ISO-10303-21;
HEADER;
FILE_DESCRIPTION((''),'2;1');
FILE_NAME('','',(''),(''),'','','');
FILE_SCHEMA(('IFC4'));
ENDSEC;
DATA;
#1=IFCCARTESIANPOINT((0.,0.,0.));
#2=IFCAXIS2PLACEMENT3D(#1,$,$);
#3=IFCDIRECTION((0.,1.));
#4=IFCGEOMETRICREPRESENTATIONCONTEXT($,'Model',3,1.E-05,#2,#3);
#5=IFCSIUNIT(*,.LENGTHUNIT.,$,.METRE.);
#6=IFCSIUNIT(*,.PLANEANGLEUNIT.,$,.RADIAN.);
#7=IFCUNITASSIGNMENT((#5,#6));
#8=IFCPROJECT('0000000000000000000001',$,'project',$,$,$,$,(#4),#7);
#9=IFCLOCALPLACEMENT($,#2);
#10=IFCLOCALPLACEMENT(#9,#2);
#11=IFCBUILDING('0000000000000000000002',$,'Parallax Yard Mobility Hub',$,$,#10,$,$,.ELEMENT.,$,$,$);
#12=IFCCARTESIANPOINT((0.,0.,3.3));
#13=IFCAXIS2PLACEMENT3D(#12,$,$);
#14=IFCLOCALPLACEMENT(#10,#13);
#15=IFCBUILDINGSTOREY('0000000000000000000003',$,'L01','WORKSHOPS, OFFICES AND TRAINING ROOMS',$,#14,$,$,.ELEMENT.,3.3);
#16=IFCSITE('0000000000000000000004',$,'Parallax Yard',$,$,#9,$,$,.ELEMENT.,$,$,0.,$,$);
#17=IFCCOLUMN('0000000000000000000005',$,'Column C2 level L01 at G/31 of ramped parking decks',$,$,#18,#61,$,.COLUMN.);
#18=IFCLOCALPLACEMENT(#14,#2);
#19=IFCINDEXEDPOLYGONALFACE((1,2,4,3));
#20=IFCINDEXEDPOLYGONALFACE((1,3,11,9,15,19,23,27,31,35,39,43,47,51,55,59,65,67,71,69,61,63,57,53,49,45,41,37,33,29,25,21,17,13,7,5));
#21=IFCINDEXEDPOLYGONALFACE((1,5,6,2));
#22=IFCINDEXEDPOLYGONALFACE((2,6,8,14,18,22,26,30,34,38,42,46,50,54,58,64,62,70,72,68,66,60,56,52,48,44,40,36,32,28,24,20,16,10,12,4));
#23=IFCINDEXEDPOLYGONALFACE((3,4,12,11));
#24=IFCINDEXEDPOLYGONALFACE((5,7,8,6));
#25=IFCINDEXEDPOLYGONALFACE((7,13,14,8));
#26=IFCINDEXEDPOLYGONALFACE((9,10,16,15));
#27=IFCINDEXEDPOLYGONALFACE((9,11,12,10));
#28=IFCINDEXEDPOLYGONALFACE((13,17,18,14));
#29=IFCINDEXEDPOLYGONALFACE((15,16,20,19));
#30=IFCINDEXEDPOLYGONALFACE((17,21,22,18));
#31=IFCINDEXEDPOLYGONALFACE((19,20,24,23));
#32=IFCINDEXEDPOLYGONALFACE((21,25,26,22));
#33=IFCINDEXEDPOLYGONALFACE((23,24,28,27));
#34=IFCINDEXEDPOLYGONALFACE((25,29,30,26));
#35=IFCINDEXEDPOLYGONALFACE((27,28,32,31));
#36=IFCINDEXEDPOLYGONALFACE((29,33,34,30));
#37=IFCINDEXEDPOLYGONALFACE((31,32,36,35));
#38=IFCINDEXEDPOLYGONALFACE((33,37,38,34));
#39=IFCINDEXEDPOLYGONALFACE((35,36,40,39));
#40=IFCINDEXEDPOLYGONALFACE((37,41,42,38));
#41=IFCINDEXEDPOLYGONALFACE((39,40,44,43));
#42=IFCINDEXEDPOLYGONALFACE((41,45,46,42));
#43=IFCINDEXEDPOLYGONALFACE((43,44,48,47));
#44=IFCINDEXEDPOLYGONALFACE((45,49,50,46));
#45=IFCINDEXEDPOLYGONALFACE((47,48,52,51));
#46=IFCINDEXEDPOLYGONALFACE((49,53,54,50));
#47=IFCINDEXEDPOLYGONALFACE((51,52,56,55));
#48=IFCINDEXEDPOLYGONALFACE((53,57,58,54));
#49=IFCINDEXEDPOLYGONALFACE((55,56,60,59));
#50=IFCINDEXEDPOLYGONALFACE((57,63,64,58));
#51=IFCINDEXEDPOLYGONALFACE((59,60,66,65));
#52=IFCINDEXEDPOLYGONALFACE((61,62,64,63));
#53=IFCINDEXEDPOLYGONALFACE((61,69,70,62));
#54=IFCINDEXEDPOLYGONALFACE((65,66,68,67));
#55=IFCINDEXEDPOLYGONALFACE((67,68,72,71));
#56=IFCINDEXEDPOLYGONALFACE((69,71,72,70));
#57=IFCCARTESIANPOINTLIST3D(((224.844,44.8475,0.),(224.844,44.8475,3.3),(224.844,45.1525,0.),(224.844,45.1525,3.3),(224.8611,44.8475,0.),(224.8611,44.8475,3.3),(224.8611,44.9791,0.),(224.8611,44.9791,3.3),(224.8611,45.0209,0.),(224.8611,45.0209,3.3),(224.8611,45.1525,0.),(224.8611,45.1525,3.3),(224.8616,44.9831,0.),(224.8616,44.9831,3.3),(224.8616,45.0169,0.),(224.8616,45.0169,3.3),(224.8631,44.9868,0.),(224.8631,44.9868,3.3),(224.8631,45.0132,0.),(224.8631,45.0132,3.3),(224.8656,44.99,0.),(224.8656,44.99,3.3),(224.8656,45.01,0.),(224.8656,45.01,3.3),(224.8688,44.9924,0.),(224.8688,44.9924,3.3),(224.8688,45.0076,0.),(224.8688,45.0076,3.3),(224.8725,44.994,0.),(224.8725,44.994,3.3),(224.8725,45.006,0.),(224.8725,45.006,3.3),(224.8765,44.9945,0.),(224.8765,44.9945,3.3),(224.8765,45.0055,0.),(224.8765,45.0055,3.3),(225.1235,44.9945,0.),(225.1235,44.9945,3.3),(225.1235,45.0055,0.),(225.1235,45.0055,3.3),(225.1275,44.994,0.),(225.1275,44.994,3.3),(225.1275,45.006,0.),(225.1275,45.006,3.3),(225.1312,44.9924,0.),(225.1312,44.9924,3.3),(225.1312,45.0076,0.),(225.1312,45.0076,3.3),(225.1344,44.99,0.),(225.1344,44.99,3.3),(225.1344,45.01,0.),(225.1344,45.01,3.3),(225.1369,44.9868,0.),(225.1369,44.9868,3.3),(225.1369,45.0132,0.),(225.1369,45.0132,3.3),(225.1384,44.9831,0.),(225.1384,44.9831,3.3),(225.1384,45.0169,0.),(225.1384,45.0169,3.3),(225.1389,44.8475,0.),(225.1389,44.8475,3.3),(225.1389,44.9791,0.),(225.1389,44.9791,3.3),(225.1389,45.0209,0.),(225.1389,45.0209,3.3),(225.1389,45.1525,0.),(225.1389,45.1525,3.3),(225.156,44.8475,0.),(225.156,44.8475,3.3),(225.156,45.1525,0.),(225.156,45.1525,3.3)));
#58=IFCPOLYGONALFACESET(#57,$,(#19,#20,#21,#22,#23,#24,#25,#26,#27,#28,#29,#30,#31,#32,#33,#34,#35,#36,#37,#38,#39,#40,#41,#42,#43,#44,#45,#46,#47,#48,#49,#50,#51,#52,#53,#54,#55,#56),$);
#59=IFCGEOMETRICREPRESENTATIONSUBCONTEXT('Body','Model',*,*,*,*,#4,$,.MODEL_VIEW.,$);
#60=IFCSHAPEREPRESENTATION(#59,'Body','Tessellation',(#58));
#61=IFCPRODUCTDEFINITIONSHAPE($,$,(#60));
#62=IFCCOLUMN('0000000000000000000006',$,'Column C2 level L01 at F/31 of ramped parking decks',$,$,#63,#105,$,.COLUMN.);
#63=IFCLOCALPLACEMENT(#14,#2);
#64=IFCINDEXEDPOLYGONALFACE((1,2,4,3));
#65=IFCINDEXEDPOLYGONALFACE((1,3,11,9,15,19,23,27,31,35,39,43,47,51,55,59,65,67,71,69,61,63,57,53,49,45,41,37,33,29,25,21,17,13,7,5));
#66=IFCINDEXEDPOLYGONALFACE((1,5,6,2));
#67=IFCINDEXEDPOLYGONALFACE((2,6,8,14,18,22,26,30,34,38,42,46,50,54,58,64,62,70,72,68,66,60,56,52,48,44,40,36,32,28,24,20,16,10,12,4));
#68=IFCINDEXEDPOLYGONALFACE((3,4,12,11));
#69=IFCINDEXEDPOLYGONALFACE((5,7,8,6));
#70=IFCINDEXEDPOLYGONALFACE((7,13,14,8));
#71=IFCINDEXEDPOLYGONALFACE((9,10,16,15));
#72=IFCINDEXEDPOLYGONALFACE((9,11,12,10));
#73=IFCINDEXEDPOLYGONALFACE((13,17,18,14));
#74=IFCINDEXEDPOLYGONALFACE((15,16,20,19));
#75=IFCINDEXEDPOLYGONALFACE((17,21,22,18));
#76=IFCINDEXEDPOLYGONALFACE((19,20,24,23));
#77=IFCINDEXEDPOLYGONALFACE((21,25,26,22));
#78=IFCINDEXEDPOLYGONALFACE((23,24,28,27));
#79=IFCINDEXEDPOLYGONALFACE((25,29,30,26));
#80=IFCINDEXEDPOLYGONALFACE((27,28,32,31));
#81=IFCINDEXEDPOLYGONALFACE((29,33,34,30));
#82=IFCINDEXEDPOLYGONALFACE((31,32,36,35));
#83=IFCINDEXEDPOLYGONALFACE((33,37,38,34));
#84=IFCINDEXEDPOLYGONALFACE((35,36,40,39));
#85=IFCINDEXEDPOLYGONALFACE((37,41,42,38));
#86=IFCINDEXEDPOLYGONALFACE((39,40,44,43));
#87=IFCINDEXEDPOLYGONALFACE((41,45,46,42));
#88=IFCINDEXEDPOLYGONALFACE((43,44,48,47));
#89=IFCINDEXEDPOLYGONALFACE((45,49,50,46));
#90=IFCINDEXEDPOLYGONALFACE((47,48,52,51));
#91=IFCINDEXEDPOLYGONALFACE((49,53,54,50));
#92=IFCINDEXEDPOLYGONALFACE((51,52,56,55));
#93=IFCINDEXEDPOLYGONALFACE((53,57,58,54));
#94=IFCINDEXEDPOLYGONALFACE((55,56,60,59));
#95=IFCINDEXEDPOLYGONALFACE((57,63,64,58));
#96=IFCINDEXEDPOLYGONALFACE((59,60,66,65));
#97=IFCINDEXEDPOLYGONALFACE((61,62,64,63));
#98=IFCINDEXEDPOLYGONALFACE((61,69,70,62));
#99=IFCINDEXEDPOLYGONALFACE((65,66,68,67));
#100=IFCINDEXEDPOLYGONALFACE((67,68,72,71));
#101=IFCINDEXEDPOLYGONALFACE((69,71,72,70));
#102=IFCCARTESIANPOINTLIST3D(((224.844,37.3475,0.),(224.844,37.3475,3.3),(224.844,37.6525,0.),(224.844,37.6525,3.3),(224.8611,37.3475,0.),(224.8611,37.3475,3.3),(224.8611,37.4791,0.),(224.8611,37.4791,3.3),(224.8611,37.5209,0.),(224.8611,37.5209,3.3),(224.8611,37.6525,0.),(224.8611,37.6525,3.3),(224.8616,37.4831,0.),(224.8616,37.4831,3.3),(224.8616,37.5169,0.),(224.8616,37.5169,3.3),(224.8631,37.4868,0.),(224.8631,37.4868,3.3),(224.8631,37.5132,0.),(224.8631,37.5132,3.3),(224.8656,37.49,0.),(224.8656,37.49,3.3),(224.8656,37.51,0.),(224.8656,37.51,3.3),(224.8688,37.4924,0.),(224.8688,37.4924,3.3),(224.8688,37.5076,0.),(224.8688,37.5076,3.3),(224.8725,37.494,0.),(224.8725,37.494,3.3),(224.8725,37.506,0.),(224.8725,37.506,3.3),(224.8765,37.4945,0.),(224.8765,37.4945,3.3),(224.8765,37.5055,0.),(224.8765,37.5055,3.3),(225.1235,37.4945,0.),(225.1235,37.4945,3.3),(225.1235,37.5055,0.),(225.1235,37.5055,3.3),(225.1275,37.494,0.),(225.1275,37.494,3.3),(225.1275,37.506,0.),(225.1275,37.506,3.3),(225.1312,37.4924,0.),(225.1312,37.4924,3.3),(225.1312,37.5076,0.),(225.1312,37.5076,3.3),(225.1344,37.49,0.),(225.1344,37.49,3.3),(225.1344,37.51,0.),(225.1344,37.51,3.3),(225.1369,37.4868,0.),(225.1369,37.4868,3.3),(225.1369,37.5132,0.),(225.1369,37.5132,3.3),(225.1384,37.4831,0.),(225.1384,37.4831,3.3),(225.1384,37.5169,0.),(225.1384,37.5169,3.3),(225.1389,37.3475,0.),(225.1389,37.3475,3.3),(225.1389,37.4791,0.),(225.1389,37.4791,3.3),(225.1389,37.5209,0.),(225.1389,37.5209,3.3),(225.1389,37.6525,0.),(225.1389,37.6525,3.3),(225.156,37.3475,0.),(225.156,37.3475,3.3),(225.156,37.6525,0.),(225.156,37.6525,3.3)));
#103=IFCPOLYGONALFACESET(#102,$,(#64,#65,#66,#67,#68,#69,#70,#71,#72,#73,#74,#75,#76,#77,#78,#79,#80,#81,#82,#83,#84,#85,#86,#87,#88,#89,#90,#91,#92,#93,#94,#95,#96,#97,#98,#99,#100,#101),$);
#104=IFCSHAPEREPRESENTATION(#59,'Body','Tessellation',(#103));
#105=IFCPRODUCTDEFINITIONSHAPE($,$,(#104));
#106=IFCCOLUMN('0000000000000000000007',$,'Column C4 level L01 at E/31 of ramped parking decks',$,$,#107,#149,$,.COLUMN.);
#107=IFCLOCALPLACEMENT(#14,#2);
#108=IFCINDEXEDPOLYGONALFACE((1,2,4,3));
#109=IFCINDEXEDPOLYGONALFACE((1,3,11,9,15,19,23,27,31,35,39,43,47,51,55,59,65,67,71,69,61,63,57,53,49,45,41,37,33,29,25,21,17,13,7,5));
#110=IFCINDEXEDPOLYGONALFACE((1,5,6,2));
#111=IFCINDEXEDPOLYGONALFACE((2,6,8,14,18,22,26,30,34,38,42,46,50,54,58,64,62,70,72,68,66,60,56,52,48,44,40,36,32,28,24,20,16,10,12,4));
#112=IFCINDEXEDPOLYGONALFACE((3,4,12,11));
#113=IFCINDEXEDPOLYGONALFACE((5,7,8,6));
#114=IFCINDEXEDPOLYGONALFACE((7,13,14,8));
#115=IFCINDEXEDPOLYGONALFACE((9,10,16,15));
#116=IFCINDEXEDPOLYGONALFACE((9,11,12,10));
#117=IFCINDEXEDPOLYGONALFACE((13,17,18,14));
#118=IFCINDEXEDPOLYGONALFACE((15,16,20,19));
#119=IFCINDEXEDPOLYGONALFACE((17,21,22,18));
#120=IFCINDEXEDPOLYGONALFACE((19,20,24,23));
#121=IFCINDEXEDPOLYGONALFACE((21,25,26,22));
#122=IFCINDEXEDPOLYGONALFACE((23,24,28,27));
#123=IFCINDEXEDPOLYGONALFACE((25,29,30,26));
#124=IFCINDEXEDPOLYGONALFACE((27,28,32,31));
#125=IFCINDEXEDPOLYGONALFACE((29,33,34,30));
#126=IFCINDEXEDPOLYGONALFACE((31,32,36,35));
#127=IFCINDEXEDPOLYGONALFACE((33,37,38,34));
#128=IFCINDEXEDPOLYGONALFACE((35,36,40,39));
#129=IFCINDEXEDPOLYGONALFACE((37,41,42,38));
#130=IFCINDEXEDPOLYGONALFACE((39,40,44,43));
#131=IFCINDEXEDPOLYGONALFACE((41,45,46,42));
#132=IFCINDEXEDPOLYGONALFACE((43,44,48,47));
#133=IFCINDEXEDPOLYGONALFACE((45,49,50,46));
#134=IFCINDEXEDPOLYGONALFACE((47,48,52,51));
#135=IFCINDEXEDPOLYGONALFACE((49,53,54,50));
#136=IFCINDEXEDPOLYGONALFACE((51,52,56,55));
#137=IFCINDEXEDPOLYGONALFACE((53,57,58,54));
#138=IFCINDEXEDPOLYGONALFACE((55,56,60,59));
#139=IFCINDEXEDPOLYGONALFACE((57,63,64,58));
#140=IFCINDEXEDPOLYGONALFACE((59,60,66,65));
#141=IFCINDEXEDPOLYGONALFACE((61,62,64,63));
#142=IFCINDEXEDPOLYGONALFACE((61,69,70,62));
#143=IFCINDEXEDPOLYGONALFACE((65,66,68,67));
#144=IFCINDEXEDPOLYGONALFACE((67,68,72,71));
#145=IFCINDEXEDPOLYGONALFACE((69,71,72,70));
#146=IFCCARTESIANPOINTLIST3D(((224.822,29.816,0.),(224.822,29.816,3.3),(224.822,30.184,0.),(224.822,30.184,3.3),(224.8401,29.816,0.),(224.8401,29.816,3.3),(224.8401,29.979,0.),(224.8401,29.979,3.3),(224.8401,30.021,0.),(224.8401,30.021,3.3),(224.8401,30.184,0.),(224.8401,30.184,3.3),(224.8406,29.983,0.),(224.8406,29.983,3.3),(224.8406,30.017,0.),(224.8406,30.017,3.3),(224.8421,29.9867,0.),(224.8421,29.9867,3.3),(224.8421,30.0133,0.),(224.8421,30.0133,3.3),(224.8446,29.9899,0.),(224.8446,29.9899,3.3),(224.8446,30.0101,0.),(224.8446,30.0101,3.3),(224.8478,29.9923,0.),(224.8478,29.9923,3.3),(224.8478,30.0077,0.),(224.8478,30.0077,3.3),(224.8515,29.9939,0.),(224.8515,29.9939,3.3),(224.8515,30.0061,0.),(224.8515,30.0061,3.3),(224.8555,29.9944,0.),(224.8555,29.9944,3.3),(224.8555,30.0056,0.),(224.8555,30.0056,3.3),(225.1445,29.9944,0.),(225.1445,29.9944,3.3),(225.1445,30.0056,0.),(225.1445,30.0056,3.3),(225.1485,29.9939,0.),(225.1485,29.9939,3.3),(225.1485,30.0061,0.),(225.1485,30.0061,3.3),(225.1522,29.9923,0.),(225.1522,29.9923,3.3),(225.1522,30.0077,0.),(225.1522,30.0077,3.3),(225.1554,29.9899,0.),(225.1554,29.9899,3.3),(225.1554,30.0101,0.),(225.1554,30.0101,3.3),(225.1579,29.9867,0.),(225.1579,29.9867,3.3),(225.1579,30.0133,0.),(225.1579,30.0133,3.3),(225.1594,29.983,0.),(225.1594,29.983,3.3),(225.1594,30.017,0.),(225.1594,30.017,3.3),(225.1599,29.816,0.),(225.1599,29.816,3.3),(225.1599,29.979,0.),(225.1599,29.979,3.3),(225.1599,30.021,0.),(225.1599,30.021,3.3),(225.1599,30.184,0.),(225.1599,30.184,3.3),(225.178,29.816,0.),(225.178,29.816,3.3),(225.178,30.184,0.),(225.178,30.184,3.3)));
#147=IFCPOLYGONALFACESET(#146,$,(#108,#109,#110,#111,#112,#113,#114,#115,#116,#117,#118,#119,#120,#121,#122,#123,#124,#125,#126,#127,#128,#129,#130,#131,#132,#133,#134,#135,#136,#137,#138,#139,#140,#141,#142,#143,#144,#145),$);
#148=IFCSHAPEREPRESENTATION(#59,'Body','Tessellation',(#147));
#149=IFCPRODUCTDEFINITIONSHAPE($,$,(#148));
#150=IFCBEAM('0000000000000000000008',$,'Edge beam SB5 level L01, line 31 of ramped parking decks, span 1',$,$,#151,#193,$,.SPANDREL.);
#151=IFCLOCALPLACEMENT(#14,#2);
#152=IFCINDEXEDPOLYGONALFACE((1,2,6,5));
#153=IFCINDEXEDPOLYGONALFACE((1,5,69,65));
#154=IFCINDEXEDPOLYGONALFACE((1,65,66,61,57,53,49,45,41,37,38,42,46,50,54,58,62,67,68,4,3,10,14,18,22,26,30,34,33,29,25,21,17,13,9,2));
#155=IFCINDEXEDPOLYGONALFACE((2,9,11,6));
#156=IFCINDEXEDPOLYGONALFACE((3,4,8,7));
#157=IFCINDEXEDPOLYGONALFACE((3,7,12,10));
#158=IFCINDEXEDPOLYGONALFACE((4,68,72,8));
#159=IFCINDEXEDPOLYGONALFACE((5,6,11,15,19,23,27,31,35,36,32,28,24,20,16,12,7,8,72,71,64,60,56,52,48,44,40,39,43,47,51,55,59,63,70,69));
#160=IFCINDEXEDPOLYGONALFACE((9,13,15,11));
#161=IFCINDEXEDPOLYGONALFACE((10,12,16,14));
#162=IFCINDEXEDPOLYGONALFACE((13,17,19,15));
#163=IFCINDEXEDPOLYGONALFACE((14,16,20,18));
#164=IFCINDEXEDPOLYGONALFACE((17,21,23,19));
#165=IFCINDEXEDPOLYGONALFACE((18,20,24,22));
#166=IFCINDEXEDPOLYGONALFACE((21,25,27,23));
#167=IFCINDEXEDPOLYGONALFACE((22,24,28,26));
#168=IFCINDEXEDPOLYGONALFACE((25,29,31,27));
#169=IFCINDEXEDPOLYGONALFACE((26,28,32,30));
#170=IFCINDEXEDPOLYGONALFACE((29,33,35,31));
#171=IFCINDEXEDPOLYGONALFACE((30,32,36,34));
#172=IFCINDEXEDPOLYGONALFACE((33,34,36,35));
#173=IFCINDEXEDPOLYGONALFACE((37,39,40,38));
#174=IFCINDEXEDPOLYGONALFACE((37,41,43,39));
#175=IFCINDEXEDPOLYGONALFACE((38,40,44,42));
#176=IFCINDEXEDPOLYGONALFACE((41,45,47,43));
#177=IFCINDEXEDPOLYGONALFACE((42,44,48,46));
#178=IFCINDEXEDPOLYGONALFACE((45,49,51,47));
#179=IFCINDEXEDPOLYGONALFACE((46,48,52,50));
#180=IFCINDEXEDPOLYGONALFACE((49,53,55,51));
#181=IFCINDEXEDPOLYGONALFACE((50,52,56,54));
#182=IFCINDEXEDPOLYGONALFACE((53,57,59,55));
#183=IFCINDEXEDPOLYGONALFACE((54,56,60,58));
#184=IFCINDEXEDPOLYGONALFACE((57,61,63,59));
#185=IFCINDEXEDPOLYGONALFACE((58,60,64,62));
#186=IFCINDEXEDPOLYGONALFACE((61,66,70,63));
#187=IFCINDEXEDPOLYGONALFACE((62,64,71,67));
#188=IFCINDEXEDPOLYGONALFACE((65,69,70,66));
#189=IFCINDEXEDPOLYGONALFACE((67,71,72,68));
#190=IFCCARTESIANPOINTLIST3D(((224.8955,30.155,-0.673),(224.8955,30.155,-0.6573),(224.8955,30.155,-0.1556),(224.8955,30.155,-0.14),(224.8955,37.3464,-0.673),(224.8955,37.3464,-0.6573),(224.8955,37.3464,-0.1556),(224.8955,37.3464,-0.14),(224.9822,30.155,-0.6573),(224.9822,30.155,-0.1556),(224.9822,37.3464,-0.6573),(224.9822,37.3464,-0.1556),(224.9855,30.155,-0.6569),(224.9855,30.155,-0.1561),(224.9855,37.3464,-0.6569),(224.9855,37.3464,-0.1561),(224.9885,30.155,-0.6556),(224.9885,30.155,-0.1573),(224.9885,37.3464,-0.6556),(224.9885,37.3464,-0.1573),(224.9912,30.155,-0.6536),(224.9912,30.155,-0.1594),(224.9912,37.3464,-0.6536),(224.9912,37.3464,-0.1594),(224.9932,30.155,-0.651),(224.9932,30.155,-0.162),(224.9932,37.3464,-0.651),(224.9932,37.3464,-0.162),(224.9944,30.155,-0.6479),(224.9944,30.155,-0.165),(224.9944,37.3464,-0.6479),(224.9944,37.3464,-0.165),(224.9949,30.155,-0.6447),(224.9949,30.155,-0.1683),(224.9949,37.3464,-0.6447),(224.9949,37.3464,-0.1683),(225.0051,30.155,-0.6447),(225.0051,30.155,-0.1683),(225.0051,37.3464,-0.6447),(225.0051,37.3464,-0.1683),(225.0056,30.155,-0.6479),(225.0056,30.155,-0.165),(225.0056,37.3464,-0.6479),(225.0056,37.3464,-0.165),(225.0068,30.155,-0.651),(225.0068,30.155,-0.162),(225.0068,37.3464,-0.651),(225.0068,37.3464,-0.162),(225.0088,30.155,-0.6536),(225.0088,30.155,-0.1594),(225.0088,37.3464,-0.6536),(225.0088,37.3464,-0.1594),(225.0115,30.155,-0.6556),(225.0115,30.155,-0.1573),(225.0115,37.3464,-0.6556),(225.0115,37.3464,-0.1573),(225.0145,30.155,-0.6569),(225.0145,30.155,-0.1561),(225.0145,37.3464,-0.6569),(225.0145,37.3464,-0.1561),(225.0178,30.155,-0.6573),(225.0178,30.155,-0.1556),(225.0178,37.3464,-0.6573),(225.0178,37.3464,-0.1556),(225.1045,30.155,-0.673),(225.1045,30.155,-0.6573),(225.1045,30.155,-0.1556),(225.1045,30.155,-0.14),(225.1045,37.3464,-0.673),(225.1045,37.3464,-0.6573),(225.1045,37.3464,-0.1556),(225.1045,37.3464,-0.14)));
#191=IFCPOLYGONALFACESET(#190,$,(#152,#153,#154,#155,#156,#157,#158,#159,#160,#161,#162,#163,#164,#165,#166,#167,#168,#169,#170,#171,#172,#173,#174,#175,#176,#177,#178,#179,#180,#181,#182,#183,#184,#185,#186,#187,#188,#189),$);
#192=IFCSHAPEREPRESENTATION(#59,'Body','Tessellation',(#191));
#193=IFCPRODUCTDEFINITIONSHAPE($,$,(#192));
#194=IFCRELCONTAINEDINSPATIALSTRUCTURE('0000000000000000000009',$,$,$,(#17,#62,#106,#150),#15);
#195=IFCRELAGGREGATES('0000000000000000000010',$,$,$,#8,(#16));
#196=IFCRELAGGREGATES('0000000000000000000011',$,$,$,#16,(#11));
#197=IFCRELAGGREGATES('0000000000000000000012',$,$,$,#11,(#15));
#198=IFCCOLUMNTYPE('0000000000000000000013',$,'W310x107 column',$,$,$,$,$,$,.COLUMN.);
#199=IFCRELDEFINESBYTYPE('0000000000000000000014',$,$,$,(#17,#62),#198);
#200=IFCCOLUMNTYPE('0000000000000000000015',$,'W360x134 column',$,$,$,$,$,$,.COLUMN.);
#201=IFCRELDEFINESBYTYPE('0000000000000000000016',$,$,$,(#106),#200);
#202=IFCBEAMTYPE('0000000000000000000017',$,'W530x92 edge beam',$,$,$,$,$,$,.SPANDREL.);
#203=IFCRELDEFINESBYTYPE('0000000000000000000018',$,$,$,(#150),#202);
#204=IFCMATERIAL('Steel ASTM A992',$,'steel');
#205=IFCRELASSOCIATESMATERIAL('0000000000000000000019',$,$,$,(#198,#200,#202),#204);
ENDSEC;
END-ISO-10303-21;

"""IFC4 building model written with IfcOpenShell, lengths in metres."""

from ifc_helpers import new_model, si_unit, direction, frame, origin, origin_2d, place, context, subcontext, project, spatial, i_section, extrude, material, material_profile, profile_set, type_object, element, save


model = new_model("IFC4")

# Units and contexts
model_context = context("Model", 3, precision=1e-05, world=origin(), true_north=direction((0.0, 1.0)))
body_context = subcontext(model_context, "Body", "Model", "MODEL_VIEW")
ifc_project = project(units=[si_unit("LENGTHUNIT", "METRE"), si_unit("PLANEANGLEUNIT", "RADIAN")], contexts=[model_context])

# Site, building, storey
site_placement = place(None, origin())
site = spatial("IfcSite", under=ifc_project, at=site_placement, Name="Parallax Yard", CompositionType="ELEMENT", RefElevation=0.0)
building_placement = place(site_placement, origin())
building = spatial("IfcBuilding", under=site, at=building_placement, Name="Parallax Yard Mobility Hub", CompositionType="ELEMENT")
storey_placement = place(building_placement, frame((0.0, 0.0, 3.3)))
storey = spatial("IfcBuildingStorey", under=building, at=storey_placement, Name="L01", Description="WORKSHOPS, OFFICES AND TRAINING ROOMS", CompositionType="ELEMENT", Elevation=3.3)

# Columns
ifc_material_1 = material(Name="Steel ASTM A992", Category="steel")
ifc_material_profile_1 = material_profile(ifc_material_1, i_section(OverallWidth=0.3049, OverallDepth=0.312, WebThickness=0.011, FlangeThickness=0.0171, FilletRadius=0.0154, at=origin_2d()), Name="W310x107")
ifc_profile_set_1 = profile_set([ifc_material_profile_1], Name="Steel ASTM A992")
column_type_1 = type_object("IfcColumnType", Name="W310x107 column", PredefinedType="COLUMN", material=ifc_profile_set_1)
for number, where, z_axis, x_axis, name in (
    (1, (225.0, 45.0, 0.0), (0.0, 0.0, 1.0), (0.0, 1.0, 0.0), "Column C2 level L01 at G/31 of ramped parking decks"),
    (2, (225.0, 37.5, 0.0), (0.0, 0.0, 1.0), (0.0, 1.0, 0.0), "Column C2 level L01 at F/31 of ramped parking decks"),
):
    element("IfcColumn", number, at=place(storey_placement, frame(where, z_axis=z_axis, x_axis=x_axis)), inside=storey, type_object=column_type_1, Name=name, PredefinedType="COLUMN", context=body_context, shape_type="SweptSolid", body=[
        extrude(i_section(OverallWidth=0.3049, OverallDepth=0.312, WebThickness=0.011, FlangeThickness=0.0171, FilletRadius=0.0154, at=origin_2d()), origin(), (0.0, 0.0, 1.0), 3.3),
    ])
ifc_material_profile_2 = material_profile(ifc_material_1, i_section(OverallWidth=0.3679, OverallDepth=0.356, WebThickness=0.0112, FlangeThickness=0.0181, FilletRadius=0.0154, at=origin_2d()), Name="W360x134")
ifc_profile_set_2 = profile_set([ifc_material_profile_2], Name="Steel ASTM A992")
column_type_2 = type_object("IfcColumnType", Name="W360x134 column", PredefinedType="COLUMN", material=ifc_profile_set_2)
column_placement = place(storey_placement, frame((225.0, 30.0, 0.0), z_axis=(0.0, 0.0, 1.0), x_axis=(0.0, 1.0, 0.0)))
element("IfcColumn", 3, at=column_placement, inside=storey, type_object=column_type_2, Name="Column C4 level L01 at E/31 of ramped parking decks", PredefinedType="COLUMN", context=body_context, shape_type="SweptSolid", body=[
    extrude(i_section(OverallWidth=0.3679, OverallDepth=0.356, WebThickness=0.0112, FlangeThickness=0.0181, FilletRadius=0.0154, at=origin_2d()), origin(), (0.0, 0.0, 1.0), 3.3),
])

# Beam
ifc_material_profile_3 = material_profile(ifc_material_1, i_section(OverallWidth=0.209, OverallDepth=0.533, WebThickness=0.0103, FlangeThickness=0.0156, FilletRadius=0.0127, at=origin_2d()), Name="W530x92")
ifc_profile_set_3 = profile_set([ifc_material_profile_3], Name="Steel ASTM A992")
beam_type_1 = type_object("IfcBeamType", Name="W530x92 edge beam", PredefinedType="SPANDREL", material=ifc_profile_set_3)
beam_1_placement = place(storey_placement, frame((225.0, 30.155, -0.4065), z_axis=(0.0, 1.0, 0.0), x_axis=(-1.0, 0.0, 0.0)))
element("IfcBeam", 4, at=beam_1_placement, inside=storey, type_object=beam_type_1, Name="Edge beam SB5 level L01, line 31 of ramped parking decks, span 1", PredefinedType="SPANDREL", context=body_context, shape_type="SweptSolid", body=[
    extrude(i_section(OverallWidth=0.209, OverallDepth=0.533, WebThickness=0.0103, FlangeThickness=0.0156, FilletRadius=0.0127, at=origin_2d()), origin(), (0.0, 0.0, 1.0), 7.1914),
])

save(model, "model.ifc")
